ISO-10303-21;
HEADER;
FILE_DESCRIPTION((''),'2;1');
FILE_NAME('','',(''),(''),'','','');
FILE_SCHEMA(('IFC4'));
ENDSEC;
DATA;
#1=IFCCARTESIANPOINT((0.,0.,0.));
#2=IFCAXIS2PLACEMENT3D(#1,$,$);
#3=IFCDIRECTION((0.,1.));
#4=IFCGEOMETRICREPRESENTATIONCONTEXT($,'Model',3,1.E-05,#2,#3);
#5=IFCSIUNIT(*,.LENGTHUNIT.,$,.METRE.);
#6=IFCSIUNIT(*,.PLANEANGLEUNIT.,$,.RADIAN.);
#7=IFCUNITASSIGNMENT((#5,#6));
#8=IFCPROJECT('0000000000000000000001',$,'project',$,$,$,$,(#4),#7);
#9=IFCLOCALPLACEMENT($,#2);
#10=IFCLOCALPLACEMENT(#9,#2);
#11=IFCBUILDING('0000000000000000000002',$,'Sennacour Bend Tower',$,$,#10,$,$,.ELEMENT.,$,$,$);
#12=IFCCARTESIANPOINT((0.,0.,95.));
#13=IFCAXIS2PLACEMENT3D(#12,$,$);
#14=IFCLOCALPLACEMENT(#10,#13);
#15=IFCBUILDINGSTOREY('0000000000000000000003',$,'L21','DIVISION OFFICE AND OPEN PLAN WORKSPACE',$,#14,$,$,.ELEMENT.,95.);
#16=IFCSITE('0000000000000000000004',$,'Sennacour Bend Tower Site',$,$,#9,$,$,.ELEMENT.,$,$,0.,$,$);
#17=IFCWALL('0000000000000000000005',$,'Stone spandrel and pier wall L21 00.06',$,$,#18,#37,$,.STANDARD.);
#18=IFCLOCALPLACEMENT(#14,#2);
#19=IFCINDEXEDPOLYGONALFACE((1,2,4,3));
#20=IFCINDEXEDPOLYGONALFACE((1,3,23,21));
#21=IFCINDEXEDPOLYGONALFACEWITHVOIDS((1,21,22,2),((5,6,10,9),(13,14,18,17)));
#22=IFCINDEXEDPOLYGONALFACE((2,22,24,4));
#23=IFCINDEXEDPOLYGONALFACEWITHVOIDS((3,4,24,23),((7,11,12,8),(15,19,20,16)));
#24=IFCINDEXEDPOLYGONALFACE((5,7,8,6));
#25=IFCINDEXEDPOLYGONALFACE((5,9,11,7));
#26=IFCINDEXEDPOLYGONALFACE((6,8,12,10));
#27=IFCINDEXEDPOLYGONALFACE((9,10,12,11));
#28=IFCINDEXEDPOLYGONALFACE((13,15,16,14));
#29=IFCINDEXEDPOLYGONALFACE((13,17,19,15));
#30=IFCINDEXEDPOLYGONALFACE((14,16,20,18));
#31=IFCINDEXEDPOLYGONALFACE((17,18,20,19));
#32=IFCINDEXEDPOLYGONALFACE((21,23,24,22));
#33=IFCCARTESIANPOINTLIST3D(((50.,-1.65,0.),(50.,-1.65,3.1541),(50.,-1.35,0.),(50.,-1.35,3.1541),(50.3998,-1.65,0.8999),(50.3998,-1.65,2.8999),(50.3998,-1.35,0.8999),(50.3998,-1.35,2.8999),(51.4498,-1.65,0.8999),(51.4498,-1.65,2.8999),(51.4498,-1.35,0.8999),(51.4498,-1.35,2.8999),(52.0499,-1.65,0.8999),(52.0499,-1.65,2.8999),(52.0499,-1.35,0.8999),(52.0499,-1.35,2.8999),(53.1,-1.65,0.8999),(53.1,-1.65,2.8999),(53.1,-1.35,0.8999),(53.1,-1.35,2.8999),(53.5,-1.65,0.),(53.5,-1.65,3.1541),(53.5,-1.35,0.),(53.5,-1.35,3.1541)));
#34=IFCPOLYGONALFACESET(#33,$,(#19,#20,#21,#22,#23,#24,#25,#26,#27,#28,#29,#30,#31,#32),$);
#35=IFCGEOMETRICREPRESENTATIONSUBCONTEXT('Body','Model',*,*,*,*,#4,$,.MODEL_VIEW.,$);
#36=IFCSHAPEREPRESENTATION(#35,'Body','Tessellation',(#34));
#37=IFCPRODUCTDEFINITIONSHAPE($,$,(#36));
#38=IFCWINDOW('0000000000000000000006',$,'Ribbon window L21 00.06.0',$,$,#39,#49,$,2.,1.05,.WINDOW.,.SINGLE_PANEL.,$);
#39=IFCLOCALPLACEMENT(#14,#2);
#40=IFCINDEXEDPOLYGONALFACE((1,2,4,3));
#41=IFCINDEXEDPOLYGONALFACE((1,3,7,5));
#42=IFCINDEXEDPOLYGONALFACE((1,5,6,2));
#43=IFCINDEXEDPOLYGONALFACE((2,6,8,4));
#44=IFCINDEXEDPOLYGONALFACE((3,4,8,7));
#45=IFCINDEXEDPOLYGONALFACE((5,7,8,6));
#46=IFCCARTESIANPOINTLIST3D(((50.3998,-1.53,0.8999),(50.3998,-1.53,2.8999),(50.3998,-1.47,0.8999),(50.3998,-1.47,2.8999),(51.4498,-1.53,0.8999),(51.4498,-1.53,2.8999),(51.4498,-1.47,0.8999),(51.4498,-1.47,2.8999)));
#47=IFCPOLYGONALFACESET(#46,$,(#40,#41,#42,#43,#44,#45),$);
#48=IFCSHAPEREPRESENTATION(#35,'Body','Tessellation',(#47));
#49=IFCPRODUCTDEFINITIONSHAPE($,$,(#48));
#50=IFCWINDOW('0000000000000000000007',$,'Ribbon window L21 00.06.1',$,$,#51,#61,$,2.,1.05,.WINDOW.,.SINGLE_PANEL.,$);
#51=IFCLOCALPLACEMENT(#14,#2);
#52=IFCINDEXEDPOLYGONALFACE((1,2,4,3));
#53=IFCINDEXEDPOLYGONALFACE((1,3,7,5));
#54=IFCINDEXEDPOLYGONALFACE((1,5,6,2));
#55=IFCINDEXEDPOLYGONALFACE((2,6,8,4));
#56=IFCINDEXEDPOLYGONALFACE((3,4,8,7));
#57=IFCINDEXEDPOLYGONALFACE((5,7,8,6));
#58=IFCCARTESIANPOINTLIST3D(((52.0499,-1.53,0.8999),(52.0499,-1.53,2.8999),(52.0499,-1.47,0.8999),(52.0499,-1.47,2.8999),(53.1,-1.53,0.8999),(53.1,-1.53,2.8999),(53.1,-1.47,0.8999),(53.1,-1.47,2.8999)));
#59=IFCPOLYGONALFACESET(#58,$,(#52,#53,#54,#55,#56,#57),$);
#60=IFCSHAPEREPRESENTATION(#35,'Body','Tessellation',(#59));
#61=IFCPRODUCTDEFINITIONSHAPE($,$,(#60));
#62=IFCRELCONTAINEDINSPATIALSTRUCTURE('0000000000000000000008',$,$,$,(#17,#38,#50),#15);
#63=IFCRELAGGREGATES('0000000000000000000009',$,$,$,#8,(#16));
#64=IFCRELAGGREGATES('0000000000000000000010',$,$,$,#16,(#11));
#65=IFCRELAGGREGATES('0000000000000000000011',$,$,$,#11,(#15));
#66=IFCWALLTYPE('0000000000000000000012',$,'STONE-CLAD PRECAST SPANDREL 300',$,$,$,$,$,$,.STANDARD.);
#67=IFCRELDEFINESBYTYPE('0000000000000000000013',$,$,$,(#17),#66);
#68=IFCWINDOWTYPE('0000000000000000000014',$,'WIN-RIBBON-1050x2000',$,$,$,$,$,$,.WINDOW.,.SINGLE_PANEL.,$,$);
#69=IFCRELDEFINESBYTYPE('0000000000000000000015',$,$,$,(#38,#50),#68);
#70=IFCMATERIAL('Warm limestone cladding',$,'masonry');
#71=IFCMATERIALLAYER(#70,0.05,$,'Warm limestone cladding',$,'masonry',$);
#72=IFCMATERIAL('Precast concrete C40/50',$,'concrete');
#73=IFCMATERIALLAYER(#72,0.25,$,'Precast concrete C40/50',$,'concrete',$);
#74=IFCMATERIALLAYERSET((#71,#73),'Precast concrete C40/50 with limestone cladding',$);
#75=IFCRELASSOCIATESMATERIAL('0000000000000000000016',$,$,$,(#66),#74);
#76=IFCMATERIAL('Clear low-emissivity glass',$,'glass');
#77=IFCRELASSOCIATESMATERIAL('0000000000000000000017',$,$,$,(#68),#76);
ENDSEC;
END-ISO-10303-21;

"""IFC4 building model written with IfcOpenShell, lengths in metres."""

from ifc_helpers import new_model, si_unit, direction, frame, frame_2d, origin, place, context, subcontext, project, spatial, rectangle, extrude, material, layer, layer_set, type_object, element, fill, save


model = new_model("IFC4")

# Units and contexts
model_context = context("Model", 3, precision=1e-05, world=origin(), true_north=direction((0.0, 1.0)))
body_context = subcontext(model_context, "Body", "Model", "MODEL_VIEW")
ifc_project = project(units=[si_unit("LENGTHUNIT", "METRE"), si_unit("PLANEANGLEUNIT", "RADIAN")], contexts=[model_context])

# Site, building, storey
site_placement = place(None, origin())
site = spatial("IfcSite", under=ifc_project, at=site_placement, Name="Sennacour Bend Tower Site", CompositionType="ELEMENT", RefElevation=0.0)
building_placement = place(site_placement, origin())
building = spatial("IfcBuilding", under=site, at=building_placement, Name="Sennacour Bend Tower", CompositionType="ELEMENT")
storey_placement = place(building_placement, frame((0.0, 0.0, 95.0)))
storey = spatial("IfcBuildingStorey", under=building, at=storey_placement, Name="L21", Description="DIVISION OFFICE AND OPEN PLAN WORKSPACE", CompositionType="ELEMENT", Elevation=95.0)

# Wall, openings, windows
ifc_material_1 = material(Name="Warm limestone cladding", Category="masonry")
ifc_layer_1 = layer(ifc_material_1, 0.05, Name="Warm limestone cladding", Category="masonry")
ifc_material_2 = material(Name="Precast concrete C40/50", Category="concrete")
ifc_layer_2 = layer(ifc_material_2, 0.25, Name="Precast concrete C40/50", Category="concrete")
ifc_layer_set_1 = layer_set([ifc_layer_1, ifc_layer_2], Name="Precast concrete C40/50 with limestone cladding")
wall_type_1 = type_object("IfcWallType", Name="STONE-CLAD PRECAST SPANDREL 300", PredefinedType="STANDARD", material=ifc_layer_set_1)
ifc_material_3 = material(Name="Clear low-emissivity glass", Category="glass")
window_type = type_object("IfcWindowType", Name="WIN-RIBBON-1050x2000", PartitioningType="SINGLE_PANEL", PredefinedType="WINDOW", material=ifc_material_3)
wall_1_placement = place(storey_placement, frame((50.0, -1.5, 0.0), z_axis=(0.0, 0.0, 1.0), x_axis=(1.0, 0.0, 0.0)))
wall_1 = element("IfcWall", 1, at=wall_1_placement, inside=storey, type_object=wall_type_1, Name="Stone spandrel and pier wall L21 00.06", PredefinedType="STANDARD", context=body_context, shape_type="SweptSolid", body=[
    extrude(rectangle(XDim=3.5, YDim=0.3, at=frame_2d((1.75, 0.0))), origin(), (0.0, 0.0, 1.0), 3.1541),
])
opening_1_placement = place(wall_1_placement, frame((0.3999, 0.0, 0.8999)))
opening_1 = element("IfcOpeningElement", 2, at=opening_1_placement, cuts=wall_1, PredefinedType="OPENING", context=body_context, shape_type="SweptSolid", body=[
    extrude(rectangle(XDim=1.05, YDim=2.0, at=frame_2d((0.5249, 1.0))), frame((0.0, 0.1602, 0.0), z_axis=(0.0, -1.0, 0.0), x_axis=(1.0, 0.0, 0.0)), (0.0, 0.0, 1.0), 0.3201),
])
opening_2_placement = place(wall_1_placement, frame((2.05, 0.0, 0.8999)))
opening_2 = element("IfcOpeningElement", 3, at=opening_2_placement, cuts=wall_1, PredefinedType="OPENING", context=body_context, shape_type="SweptSolid", body=[
    extrude(rectangle(XDim=1.05, YDim=2.0, at=frame_2d((0.5249, 1.0))), frame((0.0, 0.1602, 0.0), z_axis=(0.0, -1.0, 0.0), x_axis=(1.0, 0.0, 0.0)), (0.0, 0.0, 1.0), 0.3201),
])
window_1_placement = place(opening_1_placement, origin())
window_1 = element("IfcWindow", 4, at=window_1_placement, inside=storey, type_object=window_type, Name="Ribbon window L21 00.06.0", OverallHeight=2.0, OverallWidth=1.05, PartitioningType="SINGLE_PANEL", PredefinedType="WINDOW", context=body_context, shape_type="SweptSolid", body=[
    extrude(rectangle(XDim=1.05, YDim=2.0, at=frame_2d((0.5249, 1.0))), frame((0.0, 0.03, 0.0), z_axis=(0.0, -1.0, 0.0), x_axis=(1.0, 0.0, 0.0)), (0.0, 0.0, 1.0), 0.0601),
])
fill(opening_1, window_1)
window_2_placement = place(opening_2_placement, origin())
window_2 = element("IfcWindow", 5, at=window_2_placement, inside=storey, type_object=window_type, Name="Ribbon window L21 00.06.1", OverallHeight=2.0, OverallWidth=1.05, PartitioningType="SINGLE_PANEL", PredefinedType="WINDOW", context=body_context, shape_type="SweptSolid", body=[
    extrude(rectangle(XDim=1.05, YDim=2.0, at=frame_2d((0.5249, 1.0))), frame((0.0, 0.03, 0.0), z_axis=(0.0, -1.0, 0.0), x_axis=(1.0, 0.0, 0.0)), (0.0, 0.0, 1.0), 0.0601),
])
fill(opening_2, window_2)

save(model, "model.ifc")
